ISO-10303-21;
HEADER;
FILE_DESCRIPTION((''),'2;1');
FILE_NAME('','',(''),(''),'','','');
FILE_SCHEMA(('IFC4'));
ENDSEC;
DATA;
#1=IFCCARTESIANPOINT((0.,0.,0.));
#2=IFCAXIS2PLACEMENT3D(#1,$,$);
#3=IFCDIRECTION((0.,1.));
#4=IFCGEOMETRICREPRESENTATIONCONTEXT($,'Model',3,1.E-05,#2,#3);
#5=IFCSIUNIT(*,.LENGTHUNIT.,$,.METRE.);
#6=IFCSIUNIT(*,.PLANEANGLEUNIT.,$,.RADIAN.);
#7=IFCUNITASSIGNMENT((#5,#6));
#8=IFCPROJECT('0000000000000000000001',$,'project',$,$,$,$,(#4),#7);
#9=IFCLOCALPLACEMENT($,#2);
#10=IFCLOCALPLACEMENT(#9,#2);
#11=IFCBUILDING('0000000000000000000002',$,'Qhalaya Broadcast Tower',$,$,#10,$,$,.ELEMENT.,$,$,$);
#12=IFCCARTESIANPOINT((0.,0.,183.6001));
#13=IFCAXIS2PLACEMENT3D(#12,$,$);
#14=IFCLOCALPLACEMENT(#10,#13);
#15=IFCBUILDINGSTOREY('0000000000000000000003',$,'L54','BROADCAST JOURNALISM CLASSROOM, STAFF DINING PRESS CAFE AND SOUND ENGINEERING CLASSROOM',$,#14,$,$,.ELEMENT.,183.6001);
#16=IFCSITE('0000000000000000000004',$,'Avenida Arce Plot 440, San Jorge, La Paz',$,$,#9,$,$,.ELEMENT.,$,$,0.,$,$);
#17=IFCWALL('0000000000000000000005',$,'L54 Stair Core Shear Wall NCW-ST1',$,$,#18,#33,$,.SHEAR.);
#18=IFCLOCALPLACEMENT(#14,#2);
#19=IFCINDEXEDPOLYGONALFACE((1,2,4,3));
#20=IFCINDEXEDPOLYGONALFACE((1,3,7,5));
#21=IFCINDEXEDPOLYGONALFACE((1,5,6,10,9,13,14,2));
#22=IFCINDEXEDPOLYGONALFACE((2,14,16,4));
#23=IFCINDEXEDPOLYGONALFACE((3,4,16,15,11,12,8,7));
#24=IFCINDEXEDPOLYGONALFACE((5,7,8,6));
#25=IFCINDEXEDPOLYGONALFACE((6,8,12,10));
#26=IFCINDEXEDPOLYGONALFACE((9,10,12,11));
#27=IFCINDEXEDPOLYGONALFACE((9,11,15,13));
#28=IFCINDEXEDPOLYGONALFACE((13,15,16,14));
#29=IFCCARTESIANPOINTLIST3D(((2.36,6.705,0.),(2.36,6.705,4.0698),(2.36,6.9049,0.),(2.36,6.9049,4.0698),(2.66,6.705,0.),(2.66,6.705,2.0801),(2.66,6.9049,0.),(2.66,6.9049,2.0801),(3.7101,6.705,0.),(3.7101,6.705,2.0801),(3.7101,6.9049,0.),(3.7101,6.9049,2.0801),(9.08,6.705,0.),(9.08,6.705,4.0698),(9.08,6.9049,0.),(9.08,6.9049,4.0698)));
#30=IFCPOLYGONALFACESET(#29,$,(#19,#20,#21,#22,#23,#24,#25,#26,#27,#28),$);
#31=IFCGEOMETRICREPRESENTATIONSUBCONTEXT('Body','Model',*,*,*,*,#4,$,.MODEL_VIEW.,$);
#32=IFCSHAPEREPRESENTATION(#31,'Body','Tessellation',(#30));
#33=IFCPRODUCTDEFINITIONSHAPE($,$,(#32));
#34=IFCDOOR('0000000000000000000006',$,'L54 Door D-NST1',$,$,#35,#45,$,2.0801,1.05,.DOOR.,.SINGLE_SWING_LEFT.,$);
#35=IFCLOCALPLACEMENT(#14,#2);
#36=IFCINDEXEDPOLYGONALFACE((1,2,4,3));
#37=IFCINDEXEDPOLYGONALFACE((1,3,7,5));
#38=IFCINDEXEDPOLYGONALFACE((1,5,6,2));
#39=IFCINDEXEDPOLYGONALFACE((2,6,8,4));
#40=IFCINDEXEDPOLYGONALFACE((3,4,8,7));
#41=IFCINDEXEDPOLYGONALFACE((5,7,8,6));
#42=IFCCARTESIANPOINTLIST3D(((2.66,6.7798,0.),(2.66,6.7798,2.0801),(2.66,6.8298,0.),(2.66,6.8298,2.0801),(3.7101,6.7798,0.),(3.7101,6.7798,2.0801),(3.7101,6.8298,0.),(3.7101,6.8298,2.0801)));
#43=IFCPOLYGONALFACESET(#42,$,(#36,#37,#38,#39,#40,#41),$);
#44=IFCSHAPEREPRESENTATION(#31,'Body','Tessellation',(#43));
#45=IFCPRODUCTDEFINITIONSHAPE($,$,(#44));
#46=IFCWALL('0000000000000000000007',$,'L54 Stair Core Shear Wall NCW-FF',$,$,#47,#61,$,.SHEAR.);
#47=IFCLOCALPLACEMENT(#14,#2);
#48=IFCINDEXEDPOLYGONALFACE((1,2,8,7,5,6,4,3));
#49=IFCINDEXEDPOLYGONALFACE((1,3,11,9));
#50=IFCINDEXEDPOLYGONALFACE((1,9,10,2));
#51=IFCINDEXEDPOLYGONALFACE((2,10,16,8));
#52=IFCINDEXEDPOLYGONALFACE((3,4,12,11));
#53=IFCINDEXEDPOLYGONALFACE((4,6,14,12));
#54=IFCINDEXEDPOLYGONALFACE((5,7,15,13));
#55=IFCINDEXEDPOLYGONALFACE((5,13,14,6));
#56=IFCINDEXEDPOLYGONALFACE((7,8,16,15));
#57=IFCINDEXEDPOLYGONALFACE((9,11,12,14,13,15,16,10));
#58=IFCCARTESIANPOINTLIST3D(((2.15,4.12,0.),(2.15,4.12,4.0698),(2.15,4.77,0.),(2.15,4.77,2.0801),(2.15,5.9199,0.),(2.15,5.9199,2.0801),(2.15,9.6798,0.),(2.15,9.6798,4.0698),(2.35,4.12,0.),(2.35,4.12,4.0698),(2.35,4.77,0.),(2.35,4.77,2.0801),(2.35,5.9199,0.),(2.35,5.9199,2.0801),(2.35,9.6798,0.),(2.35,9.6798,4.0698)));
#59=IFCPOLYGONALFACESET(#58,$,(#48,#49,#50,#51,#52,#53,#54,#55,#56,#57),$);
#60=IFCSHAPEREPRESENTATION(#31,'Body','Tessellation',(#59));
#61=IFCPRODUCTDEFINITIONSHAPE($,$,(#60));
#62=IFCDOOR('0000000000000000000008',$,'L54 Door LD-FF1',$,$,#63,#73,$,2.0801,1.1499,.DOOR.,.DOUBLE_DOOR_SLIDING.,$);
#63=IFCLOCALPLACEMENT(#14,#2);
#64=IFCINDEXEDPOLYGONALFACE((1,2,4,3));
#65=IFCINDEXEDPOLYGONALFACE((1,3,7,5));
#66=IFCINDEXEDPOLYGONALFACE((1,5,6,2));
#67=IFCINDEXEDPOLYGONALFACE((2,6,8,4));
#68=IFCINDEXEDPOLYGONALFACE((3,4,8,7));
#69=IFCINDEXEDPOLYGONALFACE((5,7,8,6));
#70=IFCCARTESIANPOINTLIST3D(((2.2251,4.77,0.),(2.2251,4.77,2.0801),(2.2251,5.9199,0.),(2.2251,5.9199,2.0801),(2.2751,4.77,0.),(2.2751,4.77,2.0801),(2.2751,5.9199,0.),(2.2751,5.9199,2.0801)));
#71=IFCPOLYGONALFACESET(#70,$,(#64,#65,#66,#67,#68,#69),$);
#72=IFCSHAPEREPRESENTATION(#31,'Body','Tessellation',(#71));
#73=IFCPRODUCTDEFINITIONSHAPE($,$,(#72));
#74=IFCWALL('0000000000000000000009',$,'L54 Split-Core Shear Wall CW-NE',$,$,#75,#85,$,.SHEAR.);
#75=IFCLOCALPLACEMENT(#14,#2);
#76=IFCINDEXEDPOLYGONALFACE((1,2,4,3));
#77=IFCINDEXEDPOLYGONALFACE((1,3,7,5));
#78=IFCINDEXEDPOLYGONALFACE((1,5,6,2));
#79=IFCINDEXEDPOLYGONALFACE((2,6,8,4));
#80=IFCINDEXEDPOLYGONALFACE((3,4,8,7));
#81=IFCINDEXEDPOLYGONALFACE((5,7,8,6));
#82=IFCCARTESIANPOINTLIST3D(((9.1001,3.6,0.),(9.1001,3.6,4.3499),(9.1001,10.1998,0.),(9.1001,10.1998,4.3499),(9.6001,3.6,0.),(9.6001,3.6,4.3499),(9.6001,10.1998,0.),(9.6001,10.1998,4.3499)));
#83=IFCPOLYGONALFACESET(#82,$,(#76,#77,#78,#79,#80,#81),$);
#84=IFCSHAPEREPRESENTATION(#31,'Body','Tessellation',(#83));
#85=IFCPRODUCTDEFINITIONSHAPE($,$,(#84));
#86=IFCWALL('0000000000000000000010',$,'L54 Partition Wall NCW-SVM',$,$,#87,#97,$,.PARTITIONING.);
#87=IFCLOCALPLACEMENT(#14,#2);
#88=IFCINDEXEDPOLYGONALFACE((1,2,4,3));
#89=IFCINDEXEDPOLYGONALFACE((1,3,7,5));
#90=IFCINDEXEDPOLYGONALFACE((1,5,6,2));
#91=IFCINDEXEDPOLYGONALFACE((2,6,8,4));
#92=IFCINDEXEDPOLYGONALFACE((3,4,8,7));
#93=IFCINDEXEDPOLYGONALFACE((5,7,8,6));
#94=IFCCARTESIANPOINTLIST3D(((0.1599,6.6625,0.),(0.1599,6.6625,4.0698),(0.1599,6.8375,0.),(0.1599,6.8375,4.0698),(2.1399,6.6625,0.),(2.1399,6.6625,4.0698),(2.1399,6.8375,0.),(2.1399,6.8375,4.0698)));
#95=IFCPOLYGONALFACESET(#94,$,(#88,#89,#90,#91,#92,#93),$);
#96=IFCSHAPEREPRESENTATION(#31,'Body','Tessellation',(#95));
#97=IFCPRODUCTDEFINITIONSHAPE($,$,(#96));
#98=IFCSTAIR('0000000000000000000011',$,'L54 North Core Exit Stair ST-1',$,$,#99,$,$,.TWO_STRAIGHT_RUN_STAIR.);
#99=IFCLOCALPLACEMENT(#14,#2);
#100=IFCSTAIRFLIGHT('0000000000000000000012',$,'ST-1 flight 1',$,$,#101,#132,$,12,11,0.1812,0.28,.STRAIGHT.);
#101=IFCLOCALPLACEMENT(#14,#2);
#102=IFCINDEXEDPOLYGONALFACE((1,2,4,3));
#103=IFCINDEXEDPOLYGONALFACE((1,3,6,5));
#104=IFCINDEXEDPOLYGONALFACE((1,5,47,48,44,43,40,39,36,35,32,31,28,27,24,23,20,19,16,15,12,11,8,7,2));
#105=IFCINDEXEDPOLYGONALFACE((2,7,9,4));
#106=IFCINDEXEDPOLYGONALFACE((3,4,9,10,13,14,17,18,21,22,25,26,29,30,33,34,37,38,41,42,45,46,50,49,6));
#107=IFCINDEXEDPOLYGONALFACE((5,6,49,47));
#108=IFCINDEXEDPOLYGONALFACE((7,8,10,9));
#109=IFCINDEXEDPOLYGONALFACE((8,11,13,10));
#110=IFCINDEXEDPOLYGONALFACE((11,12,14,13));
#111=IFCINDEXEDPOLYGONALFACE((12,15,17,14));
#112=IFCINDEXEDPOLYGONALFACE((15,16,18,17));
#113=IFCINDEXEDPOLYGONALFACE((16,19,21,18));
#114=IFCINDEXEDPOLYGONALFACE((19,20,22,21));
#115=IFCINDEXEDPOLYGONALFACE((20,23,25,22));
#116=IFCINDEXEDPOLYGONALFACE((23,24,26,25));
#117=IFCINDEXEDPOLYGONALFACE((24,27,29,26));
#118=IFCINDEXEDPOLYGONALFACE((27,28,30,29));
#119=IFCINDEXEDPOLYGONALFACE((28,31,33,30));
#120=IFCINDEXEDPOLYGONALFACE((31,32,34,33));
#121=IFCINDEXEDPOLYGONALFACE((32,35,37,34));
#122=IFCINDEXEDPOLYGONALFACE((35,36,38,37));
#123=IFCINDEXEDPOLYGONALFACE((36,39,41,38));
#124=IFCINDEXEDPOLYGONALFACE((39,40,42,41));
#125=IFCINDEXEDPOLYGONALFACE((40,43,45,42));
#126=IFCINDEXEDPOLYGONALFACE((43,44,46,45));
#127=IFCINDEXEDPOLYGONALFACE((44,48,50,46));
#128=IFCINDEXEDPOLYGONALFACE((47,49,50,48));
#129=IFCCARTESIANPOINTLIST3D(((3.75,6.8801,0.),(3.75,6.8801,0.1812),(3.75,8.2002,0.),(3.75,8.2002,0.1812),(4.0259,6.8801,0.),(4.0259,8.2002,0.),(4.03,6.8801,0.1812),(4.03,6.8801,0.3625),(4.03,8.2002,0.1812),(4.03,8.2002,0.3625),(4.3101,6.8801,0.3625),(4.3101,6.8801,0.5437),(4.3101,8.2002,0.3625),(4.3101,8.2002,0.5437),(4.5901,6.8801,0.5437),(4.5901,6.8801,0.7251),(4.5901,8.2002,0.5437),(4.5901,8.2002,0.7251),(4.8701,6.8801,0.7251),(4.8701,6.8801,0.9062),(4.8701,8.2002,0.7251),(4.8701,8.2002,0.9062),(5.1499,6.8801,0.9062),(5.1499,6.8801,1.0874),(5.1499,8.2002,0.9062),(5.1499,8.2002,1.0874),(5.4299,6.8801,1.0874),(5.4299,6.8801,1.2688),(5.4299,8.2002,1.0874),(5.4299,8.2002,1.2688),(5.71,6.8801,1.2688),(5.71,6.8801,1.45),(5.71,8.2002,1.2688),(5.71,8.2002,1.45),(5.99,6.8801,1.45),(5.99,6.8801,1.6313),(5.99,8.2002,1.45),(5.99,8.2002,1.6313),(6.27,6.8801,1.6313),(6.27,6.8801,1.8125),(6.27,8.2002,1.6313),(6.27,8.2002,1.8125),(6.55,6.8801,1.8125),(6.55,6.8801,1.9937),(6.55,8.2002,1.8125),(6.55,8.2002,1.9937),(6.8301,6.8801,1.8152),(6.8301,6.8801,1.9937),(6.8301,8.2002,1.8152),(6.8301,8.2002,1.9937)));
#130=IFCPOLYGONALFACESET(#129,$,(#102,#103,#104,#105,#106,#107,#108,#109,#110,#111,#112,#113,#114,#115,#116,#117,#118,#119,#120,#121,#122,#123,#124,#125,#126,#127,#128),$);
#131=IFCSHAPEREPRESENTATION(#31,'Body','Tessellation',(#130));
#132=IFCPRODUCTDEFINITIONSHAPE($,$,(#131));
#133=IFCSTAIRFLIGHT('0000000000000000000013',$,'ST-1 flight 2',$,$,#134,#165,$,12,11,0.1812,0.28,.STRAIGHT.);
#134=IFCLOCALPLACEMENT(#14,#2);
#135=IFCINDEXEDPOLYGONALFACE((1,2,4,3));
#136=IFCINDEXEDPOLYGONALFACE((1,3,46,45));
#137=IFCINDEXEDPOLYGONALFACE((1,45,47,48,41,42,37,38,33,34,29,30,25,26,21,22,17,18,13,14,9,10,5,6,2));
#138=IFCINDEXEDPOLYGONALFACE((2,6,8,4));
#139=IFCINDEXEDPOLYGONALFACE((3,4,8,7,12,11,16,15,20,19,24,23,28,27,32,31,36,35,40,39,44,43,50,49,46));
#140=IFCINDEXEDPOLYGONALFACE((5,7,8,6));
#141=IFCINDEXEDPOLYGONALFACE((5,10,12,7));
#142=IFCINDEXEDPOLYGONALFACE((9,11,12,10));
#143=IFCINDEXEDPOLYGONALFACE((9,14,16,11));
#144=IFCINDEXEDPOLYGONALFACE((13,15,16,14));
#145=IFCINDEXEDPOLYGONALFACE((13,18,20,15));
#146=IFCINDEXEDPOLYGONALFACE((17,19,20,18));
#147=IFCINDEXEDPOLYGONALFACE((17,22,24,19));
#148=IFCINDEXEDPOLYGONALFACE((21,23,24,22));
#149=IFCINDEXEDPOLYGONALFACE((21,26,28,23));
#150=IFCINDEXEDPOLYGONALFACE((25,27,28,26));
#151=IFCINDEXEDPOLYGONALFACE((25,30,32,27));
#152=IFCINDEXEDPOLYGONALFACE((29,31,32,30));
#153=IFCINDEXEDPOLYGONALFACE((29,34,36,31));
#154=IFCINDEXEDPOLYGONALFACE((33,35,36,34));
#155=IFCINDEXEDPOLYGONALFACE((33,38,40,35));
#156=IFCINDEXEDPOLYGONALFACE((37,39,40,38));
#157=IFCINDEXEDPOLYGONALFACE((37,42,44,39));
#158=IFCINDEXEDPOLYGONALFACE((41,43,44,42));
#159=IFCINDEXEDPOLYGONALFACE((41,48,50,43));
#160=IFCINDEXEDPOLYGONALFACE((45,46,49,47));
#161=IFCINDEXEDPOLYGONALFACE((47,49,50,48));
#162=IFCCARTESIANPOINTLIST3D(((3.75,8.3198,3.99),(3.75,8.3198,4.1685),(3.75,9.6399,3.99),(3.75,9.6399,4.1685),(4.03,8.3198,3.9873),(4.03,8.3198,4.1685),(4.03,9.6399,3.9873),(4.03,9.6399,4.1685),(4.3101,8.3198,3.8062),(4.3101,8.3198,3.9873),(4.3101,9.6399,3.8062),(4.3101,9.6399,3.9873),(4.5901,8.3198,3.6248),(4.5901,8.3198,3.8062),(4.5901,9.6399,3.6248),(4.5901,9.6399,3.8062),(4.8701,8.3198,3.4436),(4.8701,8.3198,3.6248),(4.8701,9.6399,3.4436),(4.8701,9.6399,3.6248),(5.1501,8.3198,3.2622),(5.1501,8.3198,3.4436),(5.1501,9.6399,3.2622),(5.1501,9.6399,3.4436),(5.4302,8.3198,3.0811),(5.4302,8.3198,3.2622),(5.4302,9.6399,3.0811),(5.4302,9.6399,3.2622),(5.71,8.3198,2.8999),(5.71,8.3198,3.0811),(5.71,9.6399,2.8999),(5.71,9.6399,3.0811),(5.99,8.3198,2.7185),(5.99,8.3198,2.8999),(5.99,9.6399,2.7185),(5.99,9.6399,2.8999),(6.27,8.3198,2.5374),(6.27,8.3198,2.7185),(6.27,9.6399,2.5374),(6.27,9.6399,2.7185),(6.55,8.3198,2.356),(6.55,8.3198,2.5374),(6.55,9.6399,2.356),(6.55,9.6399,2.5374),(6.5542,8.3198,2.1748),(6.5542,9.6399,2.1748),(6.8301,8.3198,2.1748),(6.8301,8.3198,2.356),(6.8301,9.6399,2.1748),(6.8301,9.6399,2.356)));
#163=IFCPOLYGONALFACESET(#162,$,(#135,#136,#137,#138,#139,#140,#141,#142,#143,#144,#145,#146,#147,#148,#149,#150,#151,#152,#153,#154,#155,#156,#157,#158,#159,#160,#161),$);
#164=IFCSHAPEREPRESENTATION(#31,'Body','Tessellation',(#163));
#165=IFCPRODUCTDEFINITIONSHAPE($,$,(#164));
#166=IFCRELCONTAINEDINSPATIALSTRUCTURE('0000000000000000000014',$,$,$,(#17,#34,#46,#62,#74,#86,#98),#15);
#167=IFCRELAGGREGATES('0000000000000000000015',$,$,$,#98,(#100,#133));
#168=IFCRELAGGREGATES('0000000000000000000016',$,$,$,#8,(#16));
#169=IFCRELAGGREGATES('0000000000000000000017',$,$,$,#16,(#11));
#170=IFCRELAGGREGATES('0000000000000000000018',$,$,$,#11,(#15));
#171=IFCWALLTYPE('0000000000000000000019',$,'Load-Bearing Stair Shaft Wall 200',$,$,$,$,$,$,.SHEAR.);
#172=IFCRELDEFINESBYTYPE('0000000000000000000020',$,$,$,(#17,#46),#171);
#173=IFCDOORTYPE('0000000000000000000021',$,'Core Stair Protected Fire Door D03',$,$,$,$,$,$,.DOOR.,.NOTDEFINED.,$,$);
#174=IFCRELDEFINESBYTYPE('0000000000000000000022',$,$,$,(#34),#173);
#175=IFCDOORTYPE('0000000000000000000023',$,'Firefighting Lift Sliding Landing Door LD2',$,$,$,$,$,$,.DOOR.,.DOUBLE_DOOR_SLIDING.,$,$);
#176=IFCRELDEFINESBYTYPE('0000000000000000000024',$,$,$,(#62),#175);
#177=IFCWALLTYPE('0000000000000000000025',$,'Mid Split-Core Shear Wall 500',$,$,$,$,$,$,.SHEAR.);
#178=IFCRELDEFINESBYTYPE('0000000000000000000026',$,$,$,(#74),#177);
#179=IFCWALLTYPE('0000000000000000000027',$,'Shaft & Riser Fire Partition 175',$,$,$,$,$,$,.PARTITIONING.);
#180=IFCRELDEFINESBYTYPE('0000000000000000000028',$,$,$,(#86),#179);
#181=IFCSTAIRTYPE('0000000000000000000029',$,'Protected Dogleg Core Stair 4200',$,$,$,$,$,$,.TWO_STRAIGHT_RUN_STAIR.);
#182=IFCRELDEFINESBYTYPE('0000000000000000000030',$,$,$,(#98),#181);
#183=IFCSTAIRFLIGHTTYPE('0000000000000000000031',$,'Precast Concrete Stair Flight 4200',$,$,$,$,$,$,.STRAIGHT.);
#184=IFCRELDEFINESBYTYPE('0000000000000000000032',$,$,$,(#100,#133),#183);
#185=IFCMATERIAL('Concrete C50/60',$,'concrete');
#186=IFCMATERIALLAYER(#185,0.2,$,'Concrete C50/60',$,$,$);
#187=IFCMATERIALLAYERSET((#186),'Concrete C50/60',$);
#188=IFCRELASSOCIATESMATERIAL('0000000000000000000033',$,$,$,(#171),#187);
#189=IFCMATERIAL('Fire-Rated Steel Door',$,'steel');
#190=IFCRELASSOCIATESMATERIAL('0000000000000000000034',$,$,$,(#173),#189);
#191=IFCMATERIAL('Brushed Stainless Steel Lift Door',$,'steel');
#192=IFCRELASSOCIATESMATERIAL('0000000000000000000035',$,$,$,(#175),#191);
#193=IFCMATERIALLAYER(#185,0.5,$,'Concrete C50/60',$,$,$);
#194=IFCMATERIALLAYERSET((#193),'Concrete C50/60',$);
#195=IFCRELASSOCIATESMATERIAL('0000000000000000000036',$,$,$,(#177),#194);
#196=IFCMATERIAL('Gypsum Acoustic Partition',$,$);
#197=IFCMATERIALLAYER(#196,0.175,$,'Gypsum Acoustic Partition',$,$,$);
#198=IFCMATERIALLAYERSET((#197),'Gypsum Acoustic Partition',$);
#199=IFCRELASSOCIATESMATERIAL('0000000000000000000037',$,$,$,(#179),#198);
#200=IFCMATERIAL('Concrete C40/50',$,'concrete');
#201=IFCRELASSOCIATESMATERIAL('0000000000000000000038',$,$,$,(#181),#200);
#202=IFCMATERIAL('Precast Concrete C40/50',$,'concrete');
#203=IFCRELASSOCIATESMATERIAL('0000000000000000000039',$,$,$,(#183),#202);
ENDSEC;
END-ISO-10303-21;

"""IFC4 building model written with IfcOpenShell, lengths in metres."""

from ifc_helpers import new_model, si_unit, direction, frame, frame_2d, origin, place, context, subcontext, project, spatial, polyline, rectangle, outline, extrude, material, layer, layer_set, type_object, element, fill, aggregate, save


model = new_model("IFC4")

# Units and contexts
model_context = context("Model", 3, precision=1e-05, world=origin(), true_north=direction((0.0, 1.0)))
body_context = subcontext(model_context, "Body", "Model", "MODEL_VIEW")
ifc_project = project(units=[si_unit("LENGTHUNIT", "METRE"), si_unit("PLANEANGLEUNIT", "RADIAN")], contexts=[model_context])

# Site, building, storey
site_placement = place(None, origin())
site = spatial("IfcSite", under=ifc_project, at=site_placement, Name="Avenida Arce Plot 440, San Jorge, La Paz", CompositionType="ELEMENT", RefElevation=0.0)
building_placement = place(site_placement, origin())
building = spatial("IfcBuilding", under=site, at=building_placement, Name="Qhalaya Broadcast Tower", CompositionType="ELEMENT")
storey_placement = place(building_placement, frame((0.0, 0.0, 183.6001)))
storey = spatial("IfcBuildingStorey", under=building, at=storey_placement, Name="L54", Description="BROADCAST JOURNALISM CLASSROOM, STAFF DINING PRESS CAFE AND SOUND ENGINEERING CLASSROOM", CompositionType="ELEMENT", Elevation=183.6001)

# Shared definitions
ifc_material_1 = material(Name="Concrete C50/60", Category="concrete")

# Walls, openings, doors
ifc_layer_1 = layer(ifc_material_1, 0.2, Name="Concrete C50/60")
ifc_layer_set_1 = layer_set([ifc_layer_1], Name="Concrete C50/60")
wall_type_1 = type_object("IfcWallType", Name="Load-Bearing Stair Shaft Wall 200", PredefinedType="SHEAR", material=ifc_layer_set_1)
wall_1_placement = place(storey_placement, frame((2.3601, 6.8049, 0.0), z_axis=(0.0, 0.0, 1.0), x_axis=(1.0, 0.0, 0.0)))
wall_1 = element("IfcWall", 1, at=wall_1_placement, inside=storey, type_object=wall_type_1, Name="L54 Stair Core Shear Wall NCW-ST1", PredefinedType="SHEAR", context=body_context, shape_type="SweptSolid", body=[
    extrude(rectangle(XDim=6.72, YDim=0.2, at=frame_2d((3.3599, 0.0))), origin(), (0.0, 0.0, 1.0), 4.0698),
])
opening_1_placement = place(wall_1_placement, frame((0.3, 0.0, 0.0)))
opening_1 = element("IfcOpeningElement", 2, at=opening_1_placement, cuts=wall_1, PredefinedType="OPENING", context=body_context, shape_type="SweptSolid", body=[
    extrude(rectangle(XDim=1.05, YDim=2.0801, at=frame_2d((0.5249, 1.04))), frame((0.0, 0.1121, 0.0), z_axis=(0.0, -1.0, 0.0), x_axis=(1.0, 0.0, 0.0)), (0.0, 0.0, 1.0), 0.2239),
])
ifc_material_2 = material(Name="Fire-Rated Steel Door", Category="steel")
door_type_1 = type_object("IfcDoorType", Name="Core Stair Protected Fire Door D03", OperationType="NOTDEFINED", PredefinedType="DOOR", material=ifc_material_2)
door_1_placement = place(opening_1_placement, origin())
door_1 = element("IfcDoor", 3, at=door_1_placement, inside=storey, type_object=door_type_1, Name="L54 Door D-NST1", OperationType="SINGLE_SWING_LEFT", OverallHeight=2.0801, OverallWidth=1.05, PredefinedType="DOOR", context=body_context, shape_type="SweptSolid", body=[
    extrude(rectangle(XDim=1.05, YDim=2.0801, at=frame_2d((0.5249, 1.04))), frame((0.0, 0.0249, 0.0), z_axis=(0.0, -1.0, 0.0), x_axis=(1.0, 0.0, 0.0)), (0.0, 0.0, 1.0), 0.05),
])
fill(opening_1, door_1)
wall_2_placement = place(storey_placement, frame((2.25, 4.1201, 0.0), z_axis=(0.0, 0.0, 1.0), x_axis=(0.0, 1.0, 0.0)))
wall_2 = element("IfcWall", 4, at=wall_2_placement, inside=storey, type_object=wall_type_1, Name="L54 Stair Core Shear Wall NCW-FF", PredefinedType="SHEAR", context=body_context, shape_type="SweptSolid", body=[
    extrude(rectangle(XDim=5.5598, YDim=0.2, at=frame_2d((2.7798, 0.0))), origin(), (0.0, 0.0, 1.0), 4.0698),
])
opening_2_placement = place(wall_2_placement, frame((0.6499, 0.0, 0.0)))
opening_2 = element("IfcOpeningElement", 5, at=opening_2_placement, cuts=wall_2, PredefinedType="OPENING", context=body_context, shape_type="SweptSolid", body=[
    extrude(rectangle(XDim=1.1499, YDim=2.0801, at=frame_2d((0.575, 1.04))), frame((0.0, 0.1121, 0.0), z_axis=(0.0, -1.0, 0.0), x_axis=(1.0, 0.0, 0.0)), (0.0, 0.0, 1.0), 0.2239),
])
ifc_material_3 = material(Name="Brushed Stainless Steel Lift Door", Category="steel")
door_type_2 = type_object("IfcDoorType", Name="Firefighting Lift Sliding Landing Door LD2", OperationType="DOUBLE_DOOR_SLIDING", PredefinedType="DOOR", material=ifc_material_3)
door_2_placement = place(opening_2_placement, origin())
door_2 = element("IfcDoor", 6, at=door_2_placement, inside=storey, type_object=door_type_2, Name="L54 Door LD-FF1", OperationType="DOUBLE_DOOR_SLIDING", OverallHeight=2.0801, OverallWidth=1.1499, PredefinedType="DOOR", context=body_context, shape_type="SweptSolid", body=[
    extrude(rectangle(XDim=1.1499, YDim=2.0801, at=frame_2d((0.575, 1.04))), frame((0.0, 0.0249, 0.0), z_axis=(0.0, -1.0, 0.0), x_axis=(1.0, 0.0, 0.0)), (0.0, 0.0, 1.0), 0.05),
])
fill(opening_2, door_2)

# Wall
ifc_layer_2 = layer(ifc_material_1, 0.5, Name="Concrete C50/60")
ifc_layer_set_2 = layer_set([ifc_layer_2], Name="Concrete C50/60")
wall_type_2 = type_object("IfcWallType", Name="Mid Split-Core Shear Wall 500", PredefinedType="SHEAR", material=ifc_layer_set_2)
wall_3_placement = place(storey_placement, frame((9.3501, 3.6001, 0.0), z_axis=(0.0, 0.0, 1.0), x_axis=(0.0, 1.0, 0.0)))
element("IfcWall", 7, at=wall_3_placement, inside=storey, type_object=wall_type_2, Name="L54 Split-Core Shear Wall CW-NE", PredefinedType="SHEAR", context=body_context, shape_type="SweptSolid", body=[
    extrude(rectangle(XDim=6.5999, YDim=0.5, at=frame_2d((3.2998, 0.0))), origin(), (0.0, 0.0, 1.0), 4.3499),
])

# Shared definitions
ifc_material_4 = material(Name="Gypsum Acoustic Partition")
ifc_layer_3 = layer(ifc_material_4, 0.175, Name="Gypsum Acoustic Partition")
ifc_layer_set_3 = layer_set([ifc_layer_3], Name="Gypsum Acoustic Partition")
wall_type_3 = type_object("IfcWallType", Name="Shaft & Riser Fire Partition 175", PredefinedType="PARTITIONING", material=ifc_layer_set_3)

# Wall
wall_4_placement = place(storey_placement, frame((0.1599, 6.75, 0.0), z_axis=(0.0, 0.0, 1.0), x_axis=(1.0, 0.0, 0.0)))
element("IfcWall", 8, at=wall_4_placement, inside=storey, type_object=wall_type_3, Name="L54 Partition Wall NCW-SVM", PredefinedType="PARTITIONING", context=body_context, shape_type="SweptSolid", body=[
    extrude(rectangle(XDim=1.98, YDim=0.175, at=frame_2d((0.99, 0.0))), origin(), (0.0, 0.0, 1.0), 4.0698),
])

# Stair, stair flights
ifc_material_5 = material(Name="Concrete C40/50", Category="concrete")
stair_type = type_object("IfcStairType", Name="Protected Dogleg Core Stair 4200", PredefinedType="TWO_STRAIGHT_RUN_STAIR", material=ifc_material_5)
stair_placement = place(storey_placement, origin())
stair = element("IfcStair", 9, at=stair_placement, inside=storey, type_object=stair_type, Name="L54 North Core Exit Stair ST-1", PredefinedType="TWO_STRAIGHT_RUN_STAIR")
ifc_material_6 = material(Name="Precast Concrete C40/50", Category="concrete")
stair_flight_type = type_object("IfcStairFlightType", Name="Precast Concrete Stair Flight 4200", PredefinedType="STRAIGHT", material=ifc_material_6)
stair_flight_1_placement = place(storey_placement, frame((3.75, 7.54, 0.0), z_axis=(0.0, 0.0, 1.0), x_axis=(1.0, 0.0, 0.0)))
stair_flight_1 = element("IfcStairFlight", 10, at=stair_flight_1_placement, type_object=stair_flight_type, Name="ST-1 flight 1", NumberOfRisers=12, NumberOfTreads=11, PredefinedType="STRAIGHT", RiserHeight=0.1812, TreadLength=0.28, context=body_context, shape_type="SweptSolid", body=[
    extrude(outline(polyline([(0.0, 0.0), (0.0, 0.1812), (0.28, 0.1812), (0.28, 0.3625), (0.5601, 0.3625), (0.5601, 0.5437), (0.8401, 0.5437), (0.8401, 0.7251), (1.1201, 0.7251), (1.1201, 0.9062), (1.3999, 0.9062), (1.3999, 1.0874), (1.6799, 1.0874), (1.6799, 1.2688), (1.96, 1.2688), (1.96, 1.45), (2.24, 1.45), (2.24, 1.6313), (2.52, 1.6313), (2.52, 1.8125), (2.8, 1.8125), (2.8, 1.9937), (3.0801, 1.9937), (3.0801, 2.175), (3.0801, 1.8152), (0.2759, 0.0), (0.0, 0.0)])), frame((0.0, 0.6602, 0.0), z_axis=(0.0, -1.0, 0.0), x_axis=(1.0, 0.0, 0.0)), (0.0, 0.0, 1.0), 1.3201),
])
stair_flight_2_placement = place(storey_placement, frame((6.8301, 8.98, 2.1748), z_axis=(0.0, 0.0, 1.0), x_axis=(-1.0, 0.0, 0.0)))
stair_flight_2 = element("IfcStairFlight", 11, at=stair_flight_2_placement, type_object=stair_flight_type, Name="ST-1 flight 2", NumberOfRisers=12, NumberOfTreads=11, PredefinedType="STRAIGHT", RiserHeight=0.1812, TreadLength=0.28, context=body_context, shape_type="SweptSolid", body=[
    extrude(outline(polyline([(0.0, 0.0), (0.0, 0.1812), (0.28, 0.1812), (0.28, 0.3625), (0.5601, 0.3625), (0.5601, 0.5437), (0.8401, 0.5437), (0.8401, 0.7251), (1.1201, 0.7251), (1.1201, 0.9062), (1.3999, 0.9062), (1.3999, 1.0874), (1.6799, 1.0874), (1.6799, 1.2688), (1.96, 1.2688), (1.96, 1.45), (2.24, 1.45), (2.24, 1.6313), (2.52, 1.6313), (2.52, 1.8125), (2.8, 1.8125), (2.8, 1.9937), (3.0801, 1.9937), (3.0801, 2.175), (3.0801, 1.8152), (0.2759, 0.0), (0.0, 0.0)])), frame((0.0, 0.6602, 0.0), z_axis=(0.0, -1.0, 0.0), x_axis=(1.0, 0.0, 0.0)), (0.0, 0.0, 1.0), 1.3201),
])
aggregate(stair, [stair_flight_1, stair_flight_2])

save(model, "model.ifc")
